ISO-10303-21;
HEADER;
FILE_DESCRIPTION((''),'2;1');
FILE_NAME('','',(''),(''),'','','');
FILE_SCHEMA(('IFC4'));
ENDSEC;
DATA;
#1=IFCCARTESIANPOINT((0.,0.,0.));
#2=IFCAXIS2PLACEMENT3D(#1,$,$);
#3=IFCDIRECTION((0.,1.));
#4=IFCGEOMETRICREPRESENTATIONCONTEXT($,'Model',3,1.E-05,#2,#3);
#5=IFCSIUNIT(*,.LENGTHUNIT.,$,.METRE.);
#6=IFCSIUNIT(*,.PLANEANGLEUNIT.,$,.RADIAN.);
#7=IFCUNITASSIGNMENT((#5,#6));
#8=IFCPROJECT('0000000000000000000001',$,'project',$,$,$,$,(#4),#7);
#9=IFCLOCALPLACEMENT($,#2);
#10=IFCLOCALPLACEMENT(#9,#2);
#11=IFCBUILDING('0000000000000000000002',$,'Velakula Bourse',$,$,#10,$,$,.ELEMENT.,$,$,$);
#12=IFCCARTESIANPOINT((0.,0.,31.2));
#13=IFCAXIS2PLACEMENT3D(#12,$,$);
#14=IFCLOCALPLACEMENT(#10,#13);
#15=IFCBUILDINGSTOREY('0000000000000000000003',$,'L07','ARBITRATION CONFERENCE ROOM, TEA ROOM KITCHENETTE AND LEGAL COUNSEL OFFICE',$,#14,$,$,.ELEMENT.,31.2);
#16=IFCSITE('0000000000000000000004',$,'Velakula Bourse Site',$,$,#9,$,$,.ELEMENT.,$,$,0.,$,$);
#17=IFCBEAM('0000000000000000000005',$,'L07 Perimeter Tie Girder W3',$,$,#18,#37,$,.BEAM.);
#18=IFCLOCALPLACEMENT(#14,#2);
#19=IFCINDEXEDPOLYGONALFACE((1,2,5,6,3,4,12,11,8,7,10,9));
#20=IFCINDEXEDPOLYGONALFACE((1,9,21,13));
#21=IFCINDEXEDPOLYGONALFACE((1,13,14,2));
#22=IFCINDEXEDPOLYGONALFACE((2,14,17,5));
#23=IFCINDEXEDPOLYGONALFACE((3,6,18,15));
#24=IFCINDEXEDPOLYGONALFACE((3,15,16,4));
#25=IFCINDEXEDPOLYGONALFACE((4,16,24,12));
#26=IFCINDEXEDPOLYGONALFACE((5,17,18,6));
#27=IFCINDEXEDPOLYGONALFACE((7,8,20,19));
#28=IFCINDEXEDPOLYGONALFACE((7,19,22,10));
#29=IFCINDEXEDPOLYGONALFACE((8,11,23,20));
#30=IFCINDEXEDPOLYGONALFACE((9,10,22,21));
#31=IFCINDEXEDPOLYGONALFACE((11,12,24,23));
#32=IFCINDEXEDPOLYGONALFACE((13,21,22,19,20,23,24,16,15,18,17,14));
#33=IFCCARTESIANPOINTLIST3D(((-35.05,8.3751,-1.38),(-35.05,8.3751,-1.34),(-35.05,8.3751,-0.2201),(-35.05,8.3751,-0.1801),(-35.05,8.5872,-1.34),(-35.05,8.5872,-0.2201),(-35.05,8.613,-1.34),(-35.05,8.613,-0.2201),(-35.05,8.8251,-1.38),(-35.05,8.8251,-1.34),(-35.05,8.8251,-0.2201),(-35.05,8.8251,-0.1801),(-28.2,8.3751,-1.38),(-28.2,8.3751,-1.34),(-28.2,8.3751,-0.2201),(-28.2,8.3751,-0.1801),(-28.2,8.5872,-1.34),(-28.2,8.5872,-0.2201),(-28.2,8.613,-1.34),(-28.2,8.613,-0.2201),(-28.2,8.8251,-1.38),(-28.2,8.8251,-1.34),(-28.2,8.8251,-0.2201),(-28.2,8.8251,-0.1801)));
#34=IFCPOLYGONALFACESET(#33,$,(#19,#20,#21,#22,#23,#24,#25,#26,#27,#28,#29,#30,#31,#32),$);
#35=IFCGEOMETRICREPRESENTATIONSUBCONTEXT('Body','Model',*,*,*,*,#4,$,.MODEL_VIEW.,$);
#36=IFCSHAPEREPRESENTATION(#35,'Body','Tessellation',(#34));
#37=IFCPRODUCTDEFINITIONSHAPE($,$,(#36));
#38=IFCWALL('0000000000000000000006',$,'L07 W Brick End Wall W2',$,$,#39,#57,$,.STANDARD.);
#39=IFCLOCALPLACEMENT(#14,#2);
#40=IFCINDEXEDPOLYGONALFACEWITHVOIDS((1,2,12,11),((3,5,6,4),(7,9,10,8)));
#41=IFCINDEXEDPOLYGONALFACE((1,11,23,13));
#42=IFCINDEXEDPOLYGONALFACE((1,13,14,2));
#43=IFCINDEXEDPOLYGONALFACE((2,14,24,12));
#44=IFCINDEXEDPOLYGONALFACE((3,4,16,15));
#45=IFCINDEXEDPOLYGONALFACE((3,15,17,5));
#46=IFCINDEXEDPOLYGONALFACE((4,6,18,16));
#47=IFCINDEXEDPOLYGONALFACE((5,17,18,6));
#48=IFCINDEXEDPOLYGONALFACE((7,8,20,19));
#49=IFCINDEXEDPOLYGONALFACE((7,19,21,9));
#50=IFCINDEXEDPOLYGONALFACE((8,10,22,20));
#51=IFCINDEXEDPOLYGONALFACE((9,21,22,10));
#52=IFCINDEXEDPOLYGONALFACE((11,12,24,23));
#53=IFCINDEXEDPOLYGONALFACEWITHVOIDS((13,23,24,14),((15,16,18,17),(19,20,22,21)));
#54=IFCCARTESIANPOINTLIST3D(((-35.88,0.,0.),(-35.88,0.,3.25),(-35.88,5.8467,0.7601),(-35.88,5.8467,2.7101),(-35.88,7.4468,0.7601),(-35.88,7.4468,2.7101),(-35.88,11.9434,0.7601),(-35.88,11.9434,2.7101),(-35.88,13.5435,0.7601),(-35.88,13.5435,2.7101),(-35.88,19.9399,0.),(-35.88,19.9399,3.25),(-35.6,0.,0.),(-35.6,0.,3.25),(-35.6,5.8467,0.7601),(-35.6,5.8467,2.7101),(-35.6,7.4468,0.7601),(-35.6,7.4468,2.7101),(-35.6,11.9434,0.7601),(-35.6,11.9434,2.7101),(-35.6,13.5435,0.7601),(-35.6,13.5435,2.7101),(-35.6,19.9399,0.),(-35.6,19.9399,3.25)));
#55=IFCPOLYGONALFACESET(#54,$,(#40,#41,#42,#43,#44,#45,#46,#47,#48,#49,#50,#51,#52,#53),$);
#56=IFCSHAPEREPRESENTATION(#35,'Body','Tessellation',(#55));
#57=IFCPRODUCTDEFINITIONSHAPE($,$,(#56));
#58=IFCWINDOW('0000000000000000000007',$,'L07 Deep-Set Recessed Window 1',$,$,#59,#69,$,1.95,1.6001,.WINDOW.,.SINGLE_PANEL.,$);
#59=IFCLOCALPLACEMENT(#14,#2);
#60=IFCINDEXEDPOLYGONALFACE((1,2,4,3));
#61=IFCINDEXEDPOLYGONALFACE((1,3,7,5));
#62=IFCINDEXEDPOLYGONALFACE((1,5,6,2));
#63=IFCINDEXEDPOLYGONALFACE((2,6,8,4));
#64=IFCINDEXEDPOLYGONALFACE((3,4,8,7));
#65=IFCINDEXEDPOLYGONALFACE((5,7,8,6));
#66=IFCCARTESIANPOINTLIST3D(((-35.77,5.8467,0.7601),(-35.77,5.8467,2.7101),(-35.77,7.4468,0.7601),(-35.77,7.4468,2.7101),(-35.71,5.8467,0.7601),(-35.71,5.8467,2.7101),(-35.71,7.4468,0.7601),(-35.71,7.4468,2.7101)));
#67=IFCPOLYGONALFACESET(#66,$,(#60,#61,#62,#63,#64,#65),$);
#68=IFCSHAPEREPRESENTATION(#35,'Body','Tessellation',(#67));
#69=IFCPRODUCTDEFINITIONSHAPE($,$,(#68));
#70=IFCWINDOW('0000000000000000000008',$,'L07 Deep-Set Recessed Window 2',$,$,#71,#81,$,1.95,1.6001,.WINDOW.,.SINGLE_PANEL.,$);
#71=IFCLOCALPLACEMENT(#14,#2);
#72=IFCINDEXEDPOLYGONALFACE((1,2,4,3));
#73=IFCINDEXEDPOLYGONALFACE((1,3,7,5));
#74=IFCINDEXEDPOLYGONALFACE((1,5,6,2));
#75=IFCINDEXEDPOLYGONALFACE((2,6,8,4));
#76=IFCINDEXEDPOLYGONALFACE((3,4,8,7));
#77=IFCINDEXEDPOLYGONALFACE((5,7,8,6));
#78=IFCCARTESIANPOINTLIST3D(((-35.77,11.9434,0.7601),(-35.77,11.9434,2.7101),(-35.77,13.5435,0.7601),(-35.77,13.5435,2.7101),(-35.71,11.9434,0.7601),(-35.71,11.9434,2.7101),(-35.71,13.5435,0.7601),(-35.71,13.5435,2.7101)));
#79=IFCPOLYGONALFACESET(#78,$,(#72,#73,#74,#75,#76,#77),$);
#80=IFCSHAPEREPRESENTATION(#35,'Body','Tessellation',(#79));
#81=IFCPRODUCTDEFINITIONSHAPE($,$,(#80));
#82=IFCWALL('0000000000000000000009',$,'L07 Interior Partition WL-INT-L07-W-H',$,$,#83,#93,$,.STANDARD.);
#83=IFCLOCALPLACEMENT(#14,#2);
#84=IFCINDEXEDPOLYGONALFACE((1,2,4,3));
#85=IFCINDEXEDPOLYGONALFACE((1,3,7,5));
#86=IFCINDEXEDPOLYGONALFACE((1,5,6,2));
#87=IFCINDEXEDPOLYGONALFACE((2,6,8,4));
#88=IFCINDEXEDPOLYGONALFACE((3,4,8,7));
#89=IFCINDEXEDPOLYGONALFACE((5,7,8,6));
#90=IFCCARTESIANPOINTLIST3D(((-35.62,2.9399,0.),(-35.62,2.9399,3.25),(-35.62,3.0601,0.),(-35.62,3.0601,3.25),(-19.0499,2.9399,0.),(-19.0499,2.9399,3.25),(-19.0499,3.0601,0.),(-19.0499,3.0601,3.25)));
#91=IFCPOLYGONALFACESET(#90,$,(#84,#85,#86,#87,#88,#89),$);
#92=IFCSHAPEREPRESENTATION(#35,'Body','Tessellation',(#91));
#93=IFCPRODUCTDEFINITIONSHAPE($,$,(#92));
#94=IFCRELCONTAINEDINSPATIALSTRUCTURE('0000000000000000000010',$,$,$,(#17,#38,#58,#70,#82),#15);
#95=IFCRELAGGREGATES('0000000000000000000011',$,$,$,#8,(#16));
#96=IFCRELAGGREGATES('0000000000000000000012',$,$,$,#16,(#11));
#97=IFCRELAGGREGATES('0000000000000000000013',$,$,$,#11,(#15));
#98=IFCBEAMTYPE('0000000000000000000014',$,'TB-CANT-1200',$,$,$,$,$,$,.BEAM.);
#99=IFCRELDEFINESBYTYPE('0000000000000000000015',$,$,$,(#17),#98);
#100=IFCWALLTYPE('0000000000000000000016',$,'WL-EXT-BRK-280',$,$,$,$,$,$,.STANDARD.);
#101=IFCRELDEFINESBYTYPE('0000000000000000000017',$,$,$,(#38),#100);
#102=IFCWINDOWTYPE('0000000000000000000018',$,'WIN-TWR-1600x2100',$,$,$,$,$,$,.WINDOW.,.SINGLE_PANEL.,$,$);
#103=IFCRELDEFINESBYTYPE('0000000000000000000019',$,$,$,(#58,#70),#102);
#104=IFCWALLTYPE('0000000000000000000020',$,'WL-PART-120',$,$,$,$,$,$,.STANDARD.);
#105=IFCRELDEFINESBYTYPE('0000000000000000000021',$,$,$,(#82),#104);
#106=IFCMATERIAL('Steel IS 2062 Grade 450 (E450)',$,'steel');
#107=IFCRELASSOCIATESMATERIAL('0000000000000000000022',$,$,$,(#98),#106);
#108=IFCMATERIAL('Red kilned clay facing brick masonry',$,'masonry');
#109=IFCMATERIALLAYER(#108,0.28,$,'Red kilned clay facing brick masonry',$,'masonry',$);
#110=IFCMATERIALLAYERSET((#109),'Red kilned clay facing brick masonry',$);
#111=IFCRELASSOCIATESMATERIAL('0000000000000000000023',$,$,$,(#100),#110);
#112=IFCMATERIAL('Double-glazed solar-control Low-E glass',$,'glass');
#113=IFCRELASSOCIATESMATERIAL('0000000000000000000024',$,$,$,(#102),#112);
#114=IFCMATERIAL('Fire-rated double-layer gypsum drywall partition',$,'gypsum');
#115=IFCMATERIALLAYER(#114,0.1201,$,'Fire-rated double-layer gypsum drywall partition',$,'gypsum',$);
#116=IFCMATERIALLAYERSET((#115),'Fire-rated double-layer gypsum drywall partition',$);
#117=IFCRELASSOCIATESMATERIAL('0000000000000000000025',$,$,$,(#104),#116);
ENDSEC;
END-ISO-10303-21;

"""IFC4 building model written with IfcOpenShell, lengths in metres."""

from ifc_helpers import new_model, si_unit, direction, frame, frame_2d, origin, origin_2d, place, context, subcontext, project, spatial, rectangle, i_section, extrude, material, layer, layer_set, material_profile, profile_set, type_object, element, fill, save


model = new_model("IFC4")

# Units and contexts
model_context = context("Model", 3, precision=1e-05, world=origin(), true_north=direction((0.0, 1.0)))
body_context = subcontext(model_context, "Body", "Model", "MODEL_VIEW")
ifc_project = project(units=[si_unit("LENGTHUNIT", "METRE"), si_unit("PLANEANGLEUNIT", "RADIAN")], contexts=[model_context])

# Site, building, storey
site_placement = place(None, origin())
site = spatial("IfcSite", under=ifc_project, at=site_placement, Name="Velakula Bourse Site", CompositionType="ELEMENT", RefElevation=0.0)
building_placement = place(site_placement, origin())
building = spatial("IfcBuilding", under=site, at=building_placement, Name="Velakula Bourse", CompositionType="ELEMENT")
storey_placement = place(building_placement, frame((0.0, 0.0, 31.2)))
storey = spatial("IfcBuildingStorey", under=building, at=storey_placement, Name="L07", Description="ARBITRATION CONFERENCE ROOM, TEA ROOM KITCHENETTE AND LEGAL COUNSEL OFFICE", CompositionType="ELEMENT", Elevation=31.2)

# Shared definitions
ifc_material_1 = material(Name="Steel IS 2062 Grade 450 (E450)", Category="steel")

# Beam
ifc_material_profile_1 = material_profile(ifc_material_1, i_section(OverallWidth=0.45, OverallDepth=1.2, WebThickness=0.0259, FlangeThickness=0.04, at=origin_2d()), Name="Steel IS 2062 Grade 450 (E450)")
ifc_profile_set_1 = profile_set([ifc_material_profile_1], Name="Steel IS 2062 Grade 450 (E450)")
beam_type_1 = type_object("IfcBeamType", Name="TB-CANT-1200", PredefinedType="BEAM", material=ifc_profile_set_1)
beam_1_placement = place(storey_placement, frame((-28.2, 8.6001, -0.78), z_axis=(-1.0, 0.0, 0.0), x_axis=(0.0, -1.0, 0.0)))
element("IfcBeam", 1, at=beam_1_placement, inside=storey, type_object=beam_type_1, Name="L07 Perimeter Tie Girder W3", PredefinedType="BEAM", context=body_context, shape_type="SweptSolid", body=[
    extrude(i_section(OverallWidth=0.45, OverallDepth=1.2, WebThickness=0.0259, FlangeThickness=0.04, at=origin_2d()), origin(), (0.0, 0.0, 1.0), 6.8501),
])

# Wall, openings, windows
ifc_material_2 = material(Name="Red kilned clay facing brick masonry", Category="masonry")
ifc_layer_1 = layer(ifc_material_2, 0.28, Name="Red kilned clay facing brick masonry", Category="masonry")
ifc_layer_set_1 = layer_set([ifc_layer_1], Name="Red kilned clay facing brick masonry")
wall_type_1 = type_object("IfcWallType", Name="WL-EXT-BRK-280", PredefinedType="STANDARD", material=ifc_layer_set_1)
wall_1_placement = place(storey_placement, frame((-35.74, 0.0, 0.0), z_axis=(0.0, 0.0, 1.0), x_axis=(0.0, 1.0, 0.0)))
wall_1 = element("IfcWall", 2, at=wall_1_placement, inside=storey, type_object=wall_type_1, Name="L07 W Brick End Wall W2", PredefinedType="STANDARD", context=body_context, shape_type="SweptSolid", body=[
    extrude(rectangle(XDim=19.9399, YDim=0.28, at=frame_2d((9.97, 0.0))), origin(), (0.0, 0.0, 1.0), 3.25),
])
opening_1_placement = place(wall_1_placement, frame((5.8467, 0.0, 0.76)))
opening_1 = element("IfcOpeningElement", 3, at=opening_1_placement, cuts=wall_1, PredefinedType="OPENING", context=body_context, shape_type="SweptSolid", body=[
    extrude(rectangle(XDim=1.6001, YDim=1.95, at=frame_2d((0.8, 0.9751))), frame((0.0, 0.1499, 0.0), z_axis=(0.0, -1.0, 0.0), x_axis=(1.0, 0.0, 0.0)), (0.0, 0.0, 1.0), 0.3),
])
opening_2_placement = place(wall_1_placement, frame((11.9434, 0.0, 0.76)))
opening_2 = element("IfcOpeningElement", 4, at=opening_2_placement, cuts=wall_1, PredefinedType="OPENING", context=body_context, shape_type="SweptSolid", body=[
    extrude(rectangle(XDim=1.6001, YDim=1.95, at=frame_2d((0.8, 0.9751))), frame((0.0, 0.1499, 0.0), z_axis=(0.0, -1.0, 0.0), x_axis=(1.0, 0.0, 0.0)), (0.0, 0.0, 1.0), 0.3),
])
ifc_material_3 = material(Name="Double-glazed solar-control Low-E glass", Category="glass")
window_type = type_object("IfcWindowType", Name="WIN-TWR-1600x2100", PartitioningType="SINGLE_PANEL", PredefinedType="WINDOW", material=ifc_material_3)
window_1_placement = place(opening_1_placement, origin())
window_1 = element("IfcWindow", 5, at=window_1_placement, inside=storey, type_object=window_type, Name="L07 Deep-Set Recessed Window 1", OverallHeight=1.95, OverallWidth=1.6001, PartitioningType="SINGLE_PANEL", PredefinedType="WINDOW", context=body_context, shape_type="SweptSolid", body=[
    extrude(rectangle(XDim=1.6001, YDim=1.95, at=frame_2d((0.8, 0.9751))), frame((0.0, 0.03, 0.0), z_axis=(0.0, -1.0, 0.0), x_axis=(1.0, 0.0, 0.0)), (0.0, 0.0, 1.0), 0.0601),
])
fill(opening_1, window_1)
window_2_placement = place(opening_2_placement, origin())
window_2 = element("IfcWindow", 6, at=window_2_placement, inside=storey, type_object=window_type, Name="L07 Deep-Set Recessed Window 2", OverallHeight=1.95, OverallWidth=1.6001, PartitioningType="SINGLE_PANEL", PredefinedType="WINDOW", context=body_context, shape_type="SweptSolid", body=[
    extrude(rectangle(XDim=1.6001, YDim=1.95, at=frame_2d((0.8, 0.9751))), frame((0.0, 0.03, 0.0), z_axis=(0.0, -1.0, 0.0), x_axis=(1.0, 0.0, 0.0)), (0.0, 0.0, 1.0), 0.0601),
])
fill(opening_2, window_2)

# Wall
ifc_material_4 = material(Name="Fire-rated double-layer gypsum drywall partition", Category="gypsum")
ifc_layer_2 = layer(ifc_material_4, 0.1201, Name="Fire-rated double-layer gypsum drywall partition", Category="gypsum")
ifc_layer_set_2 = layer_set([ifc_layer_2], Name="Fire-rated double-layer gypsum drywall partition")
wall_type_2 = type_object("IfcWallType", Name="WL-PART-120", PredefinedType="STANDARD", material=ifc_layer_set_2)
wall_2_placement = place(storey_placement, frame((-35.6201, 3.0, 0.0), z_axis=(0.0, 0.0, 1.0), x_axis=(1.0, 0.0, 0.0)))
element("IfcWall", 7, at=wall_2_placement, inside=storey, type_object=wall_type_2, Name="L07 Interior Partition WL-INT-L07-W-H", PredefinedType="STANDARD", context=body_context, shape_type="SweptSolid", body=[
    extrude(rectangle(XDim=16.5701, YDim=0.1201, at=frame_2d((8.2852, 0.0))), origin(), (0.0, 0.0, 1.0), 3.25),
])

save(model, "model.ifc")
